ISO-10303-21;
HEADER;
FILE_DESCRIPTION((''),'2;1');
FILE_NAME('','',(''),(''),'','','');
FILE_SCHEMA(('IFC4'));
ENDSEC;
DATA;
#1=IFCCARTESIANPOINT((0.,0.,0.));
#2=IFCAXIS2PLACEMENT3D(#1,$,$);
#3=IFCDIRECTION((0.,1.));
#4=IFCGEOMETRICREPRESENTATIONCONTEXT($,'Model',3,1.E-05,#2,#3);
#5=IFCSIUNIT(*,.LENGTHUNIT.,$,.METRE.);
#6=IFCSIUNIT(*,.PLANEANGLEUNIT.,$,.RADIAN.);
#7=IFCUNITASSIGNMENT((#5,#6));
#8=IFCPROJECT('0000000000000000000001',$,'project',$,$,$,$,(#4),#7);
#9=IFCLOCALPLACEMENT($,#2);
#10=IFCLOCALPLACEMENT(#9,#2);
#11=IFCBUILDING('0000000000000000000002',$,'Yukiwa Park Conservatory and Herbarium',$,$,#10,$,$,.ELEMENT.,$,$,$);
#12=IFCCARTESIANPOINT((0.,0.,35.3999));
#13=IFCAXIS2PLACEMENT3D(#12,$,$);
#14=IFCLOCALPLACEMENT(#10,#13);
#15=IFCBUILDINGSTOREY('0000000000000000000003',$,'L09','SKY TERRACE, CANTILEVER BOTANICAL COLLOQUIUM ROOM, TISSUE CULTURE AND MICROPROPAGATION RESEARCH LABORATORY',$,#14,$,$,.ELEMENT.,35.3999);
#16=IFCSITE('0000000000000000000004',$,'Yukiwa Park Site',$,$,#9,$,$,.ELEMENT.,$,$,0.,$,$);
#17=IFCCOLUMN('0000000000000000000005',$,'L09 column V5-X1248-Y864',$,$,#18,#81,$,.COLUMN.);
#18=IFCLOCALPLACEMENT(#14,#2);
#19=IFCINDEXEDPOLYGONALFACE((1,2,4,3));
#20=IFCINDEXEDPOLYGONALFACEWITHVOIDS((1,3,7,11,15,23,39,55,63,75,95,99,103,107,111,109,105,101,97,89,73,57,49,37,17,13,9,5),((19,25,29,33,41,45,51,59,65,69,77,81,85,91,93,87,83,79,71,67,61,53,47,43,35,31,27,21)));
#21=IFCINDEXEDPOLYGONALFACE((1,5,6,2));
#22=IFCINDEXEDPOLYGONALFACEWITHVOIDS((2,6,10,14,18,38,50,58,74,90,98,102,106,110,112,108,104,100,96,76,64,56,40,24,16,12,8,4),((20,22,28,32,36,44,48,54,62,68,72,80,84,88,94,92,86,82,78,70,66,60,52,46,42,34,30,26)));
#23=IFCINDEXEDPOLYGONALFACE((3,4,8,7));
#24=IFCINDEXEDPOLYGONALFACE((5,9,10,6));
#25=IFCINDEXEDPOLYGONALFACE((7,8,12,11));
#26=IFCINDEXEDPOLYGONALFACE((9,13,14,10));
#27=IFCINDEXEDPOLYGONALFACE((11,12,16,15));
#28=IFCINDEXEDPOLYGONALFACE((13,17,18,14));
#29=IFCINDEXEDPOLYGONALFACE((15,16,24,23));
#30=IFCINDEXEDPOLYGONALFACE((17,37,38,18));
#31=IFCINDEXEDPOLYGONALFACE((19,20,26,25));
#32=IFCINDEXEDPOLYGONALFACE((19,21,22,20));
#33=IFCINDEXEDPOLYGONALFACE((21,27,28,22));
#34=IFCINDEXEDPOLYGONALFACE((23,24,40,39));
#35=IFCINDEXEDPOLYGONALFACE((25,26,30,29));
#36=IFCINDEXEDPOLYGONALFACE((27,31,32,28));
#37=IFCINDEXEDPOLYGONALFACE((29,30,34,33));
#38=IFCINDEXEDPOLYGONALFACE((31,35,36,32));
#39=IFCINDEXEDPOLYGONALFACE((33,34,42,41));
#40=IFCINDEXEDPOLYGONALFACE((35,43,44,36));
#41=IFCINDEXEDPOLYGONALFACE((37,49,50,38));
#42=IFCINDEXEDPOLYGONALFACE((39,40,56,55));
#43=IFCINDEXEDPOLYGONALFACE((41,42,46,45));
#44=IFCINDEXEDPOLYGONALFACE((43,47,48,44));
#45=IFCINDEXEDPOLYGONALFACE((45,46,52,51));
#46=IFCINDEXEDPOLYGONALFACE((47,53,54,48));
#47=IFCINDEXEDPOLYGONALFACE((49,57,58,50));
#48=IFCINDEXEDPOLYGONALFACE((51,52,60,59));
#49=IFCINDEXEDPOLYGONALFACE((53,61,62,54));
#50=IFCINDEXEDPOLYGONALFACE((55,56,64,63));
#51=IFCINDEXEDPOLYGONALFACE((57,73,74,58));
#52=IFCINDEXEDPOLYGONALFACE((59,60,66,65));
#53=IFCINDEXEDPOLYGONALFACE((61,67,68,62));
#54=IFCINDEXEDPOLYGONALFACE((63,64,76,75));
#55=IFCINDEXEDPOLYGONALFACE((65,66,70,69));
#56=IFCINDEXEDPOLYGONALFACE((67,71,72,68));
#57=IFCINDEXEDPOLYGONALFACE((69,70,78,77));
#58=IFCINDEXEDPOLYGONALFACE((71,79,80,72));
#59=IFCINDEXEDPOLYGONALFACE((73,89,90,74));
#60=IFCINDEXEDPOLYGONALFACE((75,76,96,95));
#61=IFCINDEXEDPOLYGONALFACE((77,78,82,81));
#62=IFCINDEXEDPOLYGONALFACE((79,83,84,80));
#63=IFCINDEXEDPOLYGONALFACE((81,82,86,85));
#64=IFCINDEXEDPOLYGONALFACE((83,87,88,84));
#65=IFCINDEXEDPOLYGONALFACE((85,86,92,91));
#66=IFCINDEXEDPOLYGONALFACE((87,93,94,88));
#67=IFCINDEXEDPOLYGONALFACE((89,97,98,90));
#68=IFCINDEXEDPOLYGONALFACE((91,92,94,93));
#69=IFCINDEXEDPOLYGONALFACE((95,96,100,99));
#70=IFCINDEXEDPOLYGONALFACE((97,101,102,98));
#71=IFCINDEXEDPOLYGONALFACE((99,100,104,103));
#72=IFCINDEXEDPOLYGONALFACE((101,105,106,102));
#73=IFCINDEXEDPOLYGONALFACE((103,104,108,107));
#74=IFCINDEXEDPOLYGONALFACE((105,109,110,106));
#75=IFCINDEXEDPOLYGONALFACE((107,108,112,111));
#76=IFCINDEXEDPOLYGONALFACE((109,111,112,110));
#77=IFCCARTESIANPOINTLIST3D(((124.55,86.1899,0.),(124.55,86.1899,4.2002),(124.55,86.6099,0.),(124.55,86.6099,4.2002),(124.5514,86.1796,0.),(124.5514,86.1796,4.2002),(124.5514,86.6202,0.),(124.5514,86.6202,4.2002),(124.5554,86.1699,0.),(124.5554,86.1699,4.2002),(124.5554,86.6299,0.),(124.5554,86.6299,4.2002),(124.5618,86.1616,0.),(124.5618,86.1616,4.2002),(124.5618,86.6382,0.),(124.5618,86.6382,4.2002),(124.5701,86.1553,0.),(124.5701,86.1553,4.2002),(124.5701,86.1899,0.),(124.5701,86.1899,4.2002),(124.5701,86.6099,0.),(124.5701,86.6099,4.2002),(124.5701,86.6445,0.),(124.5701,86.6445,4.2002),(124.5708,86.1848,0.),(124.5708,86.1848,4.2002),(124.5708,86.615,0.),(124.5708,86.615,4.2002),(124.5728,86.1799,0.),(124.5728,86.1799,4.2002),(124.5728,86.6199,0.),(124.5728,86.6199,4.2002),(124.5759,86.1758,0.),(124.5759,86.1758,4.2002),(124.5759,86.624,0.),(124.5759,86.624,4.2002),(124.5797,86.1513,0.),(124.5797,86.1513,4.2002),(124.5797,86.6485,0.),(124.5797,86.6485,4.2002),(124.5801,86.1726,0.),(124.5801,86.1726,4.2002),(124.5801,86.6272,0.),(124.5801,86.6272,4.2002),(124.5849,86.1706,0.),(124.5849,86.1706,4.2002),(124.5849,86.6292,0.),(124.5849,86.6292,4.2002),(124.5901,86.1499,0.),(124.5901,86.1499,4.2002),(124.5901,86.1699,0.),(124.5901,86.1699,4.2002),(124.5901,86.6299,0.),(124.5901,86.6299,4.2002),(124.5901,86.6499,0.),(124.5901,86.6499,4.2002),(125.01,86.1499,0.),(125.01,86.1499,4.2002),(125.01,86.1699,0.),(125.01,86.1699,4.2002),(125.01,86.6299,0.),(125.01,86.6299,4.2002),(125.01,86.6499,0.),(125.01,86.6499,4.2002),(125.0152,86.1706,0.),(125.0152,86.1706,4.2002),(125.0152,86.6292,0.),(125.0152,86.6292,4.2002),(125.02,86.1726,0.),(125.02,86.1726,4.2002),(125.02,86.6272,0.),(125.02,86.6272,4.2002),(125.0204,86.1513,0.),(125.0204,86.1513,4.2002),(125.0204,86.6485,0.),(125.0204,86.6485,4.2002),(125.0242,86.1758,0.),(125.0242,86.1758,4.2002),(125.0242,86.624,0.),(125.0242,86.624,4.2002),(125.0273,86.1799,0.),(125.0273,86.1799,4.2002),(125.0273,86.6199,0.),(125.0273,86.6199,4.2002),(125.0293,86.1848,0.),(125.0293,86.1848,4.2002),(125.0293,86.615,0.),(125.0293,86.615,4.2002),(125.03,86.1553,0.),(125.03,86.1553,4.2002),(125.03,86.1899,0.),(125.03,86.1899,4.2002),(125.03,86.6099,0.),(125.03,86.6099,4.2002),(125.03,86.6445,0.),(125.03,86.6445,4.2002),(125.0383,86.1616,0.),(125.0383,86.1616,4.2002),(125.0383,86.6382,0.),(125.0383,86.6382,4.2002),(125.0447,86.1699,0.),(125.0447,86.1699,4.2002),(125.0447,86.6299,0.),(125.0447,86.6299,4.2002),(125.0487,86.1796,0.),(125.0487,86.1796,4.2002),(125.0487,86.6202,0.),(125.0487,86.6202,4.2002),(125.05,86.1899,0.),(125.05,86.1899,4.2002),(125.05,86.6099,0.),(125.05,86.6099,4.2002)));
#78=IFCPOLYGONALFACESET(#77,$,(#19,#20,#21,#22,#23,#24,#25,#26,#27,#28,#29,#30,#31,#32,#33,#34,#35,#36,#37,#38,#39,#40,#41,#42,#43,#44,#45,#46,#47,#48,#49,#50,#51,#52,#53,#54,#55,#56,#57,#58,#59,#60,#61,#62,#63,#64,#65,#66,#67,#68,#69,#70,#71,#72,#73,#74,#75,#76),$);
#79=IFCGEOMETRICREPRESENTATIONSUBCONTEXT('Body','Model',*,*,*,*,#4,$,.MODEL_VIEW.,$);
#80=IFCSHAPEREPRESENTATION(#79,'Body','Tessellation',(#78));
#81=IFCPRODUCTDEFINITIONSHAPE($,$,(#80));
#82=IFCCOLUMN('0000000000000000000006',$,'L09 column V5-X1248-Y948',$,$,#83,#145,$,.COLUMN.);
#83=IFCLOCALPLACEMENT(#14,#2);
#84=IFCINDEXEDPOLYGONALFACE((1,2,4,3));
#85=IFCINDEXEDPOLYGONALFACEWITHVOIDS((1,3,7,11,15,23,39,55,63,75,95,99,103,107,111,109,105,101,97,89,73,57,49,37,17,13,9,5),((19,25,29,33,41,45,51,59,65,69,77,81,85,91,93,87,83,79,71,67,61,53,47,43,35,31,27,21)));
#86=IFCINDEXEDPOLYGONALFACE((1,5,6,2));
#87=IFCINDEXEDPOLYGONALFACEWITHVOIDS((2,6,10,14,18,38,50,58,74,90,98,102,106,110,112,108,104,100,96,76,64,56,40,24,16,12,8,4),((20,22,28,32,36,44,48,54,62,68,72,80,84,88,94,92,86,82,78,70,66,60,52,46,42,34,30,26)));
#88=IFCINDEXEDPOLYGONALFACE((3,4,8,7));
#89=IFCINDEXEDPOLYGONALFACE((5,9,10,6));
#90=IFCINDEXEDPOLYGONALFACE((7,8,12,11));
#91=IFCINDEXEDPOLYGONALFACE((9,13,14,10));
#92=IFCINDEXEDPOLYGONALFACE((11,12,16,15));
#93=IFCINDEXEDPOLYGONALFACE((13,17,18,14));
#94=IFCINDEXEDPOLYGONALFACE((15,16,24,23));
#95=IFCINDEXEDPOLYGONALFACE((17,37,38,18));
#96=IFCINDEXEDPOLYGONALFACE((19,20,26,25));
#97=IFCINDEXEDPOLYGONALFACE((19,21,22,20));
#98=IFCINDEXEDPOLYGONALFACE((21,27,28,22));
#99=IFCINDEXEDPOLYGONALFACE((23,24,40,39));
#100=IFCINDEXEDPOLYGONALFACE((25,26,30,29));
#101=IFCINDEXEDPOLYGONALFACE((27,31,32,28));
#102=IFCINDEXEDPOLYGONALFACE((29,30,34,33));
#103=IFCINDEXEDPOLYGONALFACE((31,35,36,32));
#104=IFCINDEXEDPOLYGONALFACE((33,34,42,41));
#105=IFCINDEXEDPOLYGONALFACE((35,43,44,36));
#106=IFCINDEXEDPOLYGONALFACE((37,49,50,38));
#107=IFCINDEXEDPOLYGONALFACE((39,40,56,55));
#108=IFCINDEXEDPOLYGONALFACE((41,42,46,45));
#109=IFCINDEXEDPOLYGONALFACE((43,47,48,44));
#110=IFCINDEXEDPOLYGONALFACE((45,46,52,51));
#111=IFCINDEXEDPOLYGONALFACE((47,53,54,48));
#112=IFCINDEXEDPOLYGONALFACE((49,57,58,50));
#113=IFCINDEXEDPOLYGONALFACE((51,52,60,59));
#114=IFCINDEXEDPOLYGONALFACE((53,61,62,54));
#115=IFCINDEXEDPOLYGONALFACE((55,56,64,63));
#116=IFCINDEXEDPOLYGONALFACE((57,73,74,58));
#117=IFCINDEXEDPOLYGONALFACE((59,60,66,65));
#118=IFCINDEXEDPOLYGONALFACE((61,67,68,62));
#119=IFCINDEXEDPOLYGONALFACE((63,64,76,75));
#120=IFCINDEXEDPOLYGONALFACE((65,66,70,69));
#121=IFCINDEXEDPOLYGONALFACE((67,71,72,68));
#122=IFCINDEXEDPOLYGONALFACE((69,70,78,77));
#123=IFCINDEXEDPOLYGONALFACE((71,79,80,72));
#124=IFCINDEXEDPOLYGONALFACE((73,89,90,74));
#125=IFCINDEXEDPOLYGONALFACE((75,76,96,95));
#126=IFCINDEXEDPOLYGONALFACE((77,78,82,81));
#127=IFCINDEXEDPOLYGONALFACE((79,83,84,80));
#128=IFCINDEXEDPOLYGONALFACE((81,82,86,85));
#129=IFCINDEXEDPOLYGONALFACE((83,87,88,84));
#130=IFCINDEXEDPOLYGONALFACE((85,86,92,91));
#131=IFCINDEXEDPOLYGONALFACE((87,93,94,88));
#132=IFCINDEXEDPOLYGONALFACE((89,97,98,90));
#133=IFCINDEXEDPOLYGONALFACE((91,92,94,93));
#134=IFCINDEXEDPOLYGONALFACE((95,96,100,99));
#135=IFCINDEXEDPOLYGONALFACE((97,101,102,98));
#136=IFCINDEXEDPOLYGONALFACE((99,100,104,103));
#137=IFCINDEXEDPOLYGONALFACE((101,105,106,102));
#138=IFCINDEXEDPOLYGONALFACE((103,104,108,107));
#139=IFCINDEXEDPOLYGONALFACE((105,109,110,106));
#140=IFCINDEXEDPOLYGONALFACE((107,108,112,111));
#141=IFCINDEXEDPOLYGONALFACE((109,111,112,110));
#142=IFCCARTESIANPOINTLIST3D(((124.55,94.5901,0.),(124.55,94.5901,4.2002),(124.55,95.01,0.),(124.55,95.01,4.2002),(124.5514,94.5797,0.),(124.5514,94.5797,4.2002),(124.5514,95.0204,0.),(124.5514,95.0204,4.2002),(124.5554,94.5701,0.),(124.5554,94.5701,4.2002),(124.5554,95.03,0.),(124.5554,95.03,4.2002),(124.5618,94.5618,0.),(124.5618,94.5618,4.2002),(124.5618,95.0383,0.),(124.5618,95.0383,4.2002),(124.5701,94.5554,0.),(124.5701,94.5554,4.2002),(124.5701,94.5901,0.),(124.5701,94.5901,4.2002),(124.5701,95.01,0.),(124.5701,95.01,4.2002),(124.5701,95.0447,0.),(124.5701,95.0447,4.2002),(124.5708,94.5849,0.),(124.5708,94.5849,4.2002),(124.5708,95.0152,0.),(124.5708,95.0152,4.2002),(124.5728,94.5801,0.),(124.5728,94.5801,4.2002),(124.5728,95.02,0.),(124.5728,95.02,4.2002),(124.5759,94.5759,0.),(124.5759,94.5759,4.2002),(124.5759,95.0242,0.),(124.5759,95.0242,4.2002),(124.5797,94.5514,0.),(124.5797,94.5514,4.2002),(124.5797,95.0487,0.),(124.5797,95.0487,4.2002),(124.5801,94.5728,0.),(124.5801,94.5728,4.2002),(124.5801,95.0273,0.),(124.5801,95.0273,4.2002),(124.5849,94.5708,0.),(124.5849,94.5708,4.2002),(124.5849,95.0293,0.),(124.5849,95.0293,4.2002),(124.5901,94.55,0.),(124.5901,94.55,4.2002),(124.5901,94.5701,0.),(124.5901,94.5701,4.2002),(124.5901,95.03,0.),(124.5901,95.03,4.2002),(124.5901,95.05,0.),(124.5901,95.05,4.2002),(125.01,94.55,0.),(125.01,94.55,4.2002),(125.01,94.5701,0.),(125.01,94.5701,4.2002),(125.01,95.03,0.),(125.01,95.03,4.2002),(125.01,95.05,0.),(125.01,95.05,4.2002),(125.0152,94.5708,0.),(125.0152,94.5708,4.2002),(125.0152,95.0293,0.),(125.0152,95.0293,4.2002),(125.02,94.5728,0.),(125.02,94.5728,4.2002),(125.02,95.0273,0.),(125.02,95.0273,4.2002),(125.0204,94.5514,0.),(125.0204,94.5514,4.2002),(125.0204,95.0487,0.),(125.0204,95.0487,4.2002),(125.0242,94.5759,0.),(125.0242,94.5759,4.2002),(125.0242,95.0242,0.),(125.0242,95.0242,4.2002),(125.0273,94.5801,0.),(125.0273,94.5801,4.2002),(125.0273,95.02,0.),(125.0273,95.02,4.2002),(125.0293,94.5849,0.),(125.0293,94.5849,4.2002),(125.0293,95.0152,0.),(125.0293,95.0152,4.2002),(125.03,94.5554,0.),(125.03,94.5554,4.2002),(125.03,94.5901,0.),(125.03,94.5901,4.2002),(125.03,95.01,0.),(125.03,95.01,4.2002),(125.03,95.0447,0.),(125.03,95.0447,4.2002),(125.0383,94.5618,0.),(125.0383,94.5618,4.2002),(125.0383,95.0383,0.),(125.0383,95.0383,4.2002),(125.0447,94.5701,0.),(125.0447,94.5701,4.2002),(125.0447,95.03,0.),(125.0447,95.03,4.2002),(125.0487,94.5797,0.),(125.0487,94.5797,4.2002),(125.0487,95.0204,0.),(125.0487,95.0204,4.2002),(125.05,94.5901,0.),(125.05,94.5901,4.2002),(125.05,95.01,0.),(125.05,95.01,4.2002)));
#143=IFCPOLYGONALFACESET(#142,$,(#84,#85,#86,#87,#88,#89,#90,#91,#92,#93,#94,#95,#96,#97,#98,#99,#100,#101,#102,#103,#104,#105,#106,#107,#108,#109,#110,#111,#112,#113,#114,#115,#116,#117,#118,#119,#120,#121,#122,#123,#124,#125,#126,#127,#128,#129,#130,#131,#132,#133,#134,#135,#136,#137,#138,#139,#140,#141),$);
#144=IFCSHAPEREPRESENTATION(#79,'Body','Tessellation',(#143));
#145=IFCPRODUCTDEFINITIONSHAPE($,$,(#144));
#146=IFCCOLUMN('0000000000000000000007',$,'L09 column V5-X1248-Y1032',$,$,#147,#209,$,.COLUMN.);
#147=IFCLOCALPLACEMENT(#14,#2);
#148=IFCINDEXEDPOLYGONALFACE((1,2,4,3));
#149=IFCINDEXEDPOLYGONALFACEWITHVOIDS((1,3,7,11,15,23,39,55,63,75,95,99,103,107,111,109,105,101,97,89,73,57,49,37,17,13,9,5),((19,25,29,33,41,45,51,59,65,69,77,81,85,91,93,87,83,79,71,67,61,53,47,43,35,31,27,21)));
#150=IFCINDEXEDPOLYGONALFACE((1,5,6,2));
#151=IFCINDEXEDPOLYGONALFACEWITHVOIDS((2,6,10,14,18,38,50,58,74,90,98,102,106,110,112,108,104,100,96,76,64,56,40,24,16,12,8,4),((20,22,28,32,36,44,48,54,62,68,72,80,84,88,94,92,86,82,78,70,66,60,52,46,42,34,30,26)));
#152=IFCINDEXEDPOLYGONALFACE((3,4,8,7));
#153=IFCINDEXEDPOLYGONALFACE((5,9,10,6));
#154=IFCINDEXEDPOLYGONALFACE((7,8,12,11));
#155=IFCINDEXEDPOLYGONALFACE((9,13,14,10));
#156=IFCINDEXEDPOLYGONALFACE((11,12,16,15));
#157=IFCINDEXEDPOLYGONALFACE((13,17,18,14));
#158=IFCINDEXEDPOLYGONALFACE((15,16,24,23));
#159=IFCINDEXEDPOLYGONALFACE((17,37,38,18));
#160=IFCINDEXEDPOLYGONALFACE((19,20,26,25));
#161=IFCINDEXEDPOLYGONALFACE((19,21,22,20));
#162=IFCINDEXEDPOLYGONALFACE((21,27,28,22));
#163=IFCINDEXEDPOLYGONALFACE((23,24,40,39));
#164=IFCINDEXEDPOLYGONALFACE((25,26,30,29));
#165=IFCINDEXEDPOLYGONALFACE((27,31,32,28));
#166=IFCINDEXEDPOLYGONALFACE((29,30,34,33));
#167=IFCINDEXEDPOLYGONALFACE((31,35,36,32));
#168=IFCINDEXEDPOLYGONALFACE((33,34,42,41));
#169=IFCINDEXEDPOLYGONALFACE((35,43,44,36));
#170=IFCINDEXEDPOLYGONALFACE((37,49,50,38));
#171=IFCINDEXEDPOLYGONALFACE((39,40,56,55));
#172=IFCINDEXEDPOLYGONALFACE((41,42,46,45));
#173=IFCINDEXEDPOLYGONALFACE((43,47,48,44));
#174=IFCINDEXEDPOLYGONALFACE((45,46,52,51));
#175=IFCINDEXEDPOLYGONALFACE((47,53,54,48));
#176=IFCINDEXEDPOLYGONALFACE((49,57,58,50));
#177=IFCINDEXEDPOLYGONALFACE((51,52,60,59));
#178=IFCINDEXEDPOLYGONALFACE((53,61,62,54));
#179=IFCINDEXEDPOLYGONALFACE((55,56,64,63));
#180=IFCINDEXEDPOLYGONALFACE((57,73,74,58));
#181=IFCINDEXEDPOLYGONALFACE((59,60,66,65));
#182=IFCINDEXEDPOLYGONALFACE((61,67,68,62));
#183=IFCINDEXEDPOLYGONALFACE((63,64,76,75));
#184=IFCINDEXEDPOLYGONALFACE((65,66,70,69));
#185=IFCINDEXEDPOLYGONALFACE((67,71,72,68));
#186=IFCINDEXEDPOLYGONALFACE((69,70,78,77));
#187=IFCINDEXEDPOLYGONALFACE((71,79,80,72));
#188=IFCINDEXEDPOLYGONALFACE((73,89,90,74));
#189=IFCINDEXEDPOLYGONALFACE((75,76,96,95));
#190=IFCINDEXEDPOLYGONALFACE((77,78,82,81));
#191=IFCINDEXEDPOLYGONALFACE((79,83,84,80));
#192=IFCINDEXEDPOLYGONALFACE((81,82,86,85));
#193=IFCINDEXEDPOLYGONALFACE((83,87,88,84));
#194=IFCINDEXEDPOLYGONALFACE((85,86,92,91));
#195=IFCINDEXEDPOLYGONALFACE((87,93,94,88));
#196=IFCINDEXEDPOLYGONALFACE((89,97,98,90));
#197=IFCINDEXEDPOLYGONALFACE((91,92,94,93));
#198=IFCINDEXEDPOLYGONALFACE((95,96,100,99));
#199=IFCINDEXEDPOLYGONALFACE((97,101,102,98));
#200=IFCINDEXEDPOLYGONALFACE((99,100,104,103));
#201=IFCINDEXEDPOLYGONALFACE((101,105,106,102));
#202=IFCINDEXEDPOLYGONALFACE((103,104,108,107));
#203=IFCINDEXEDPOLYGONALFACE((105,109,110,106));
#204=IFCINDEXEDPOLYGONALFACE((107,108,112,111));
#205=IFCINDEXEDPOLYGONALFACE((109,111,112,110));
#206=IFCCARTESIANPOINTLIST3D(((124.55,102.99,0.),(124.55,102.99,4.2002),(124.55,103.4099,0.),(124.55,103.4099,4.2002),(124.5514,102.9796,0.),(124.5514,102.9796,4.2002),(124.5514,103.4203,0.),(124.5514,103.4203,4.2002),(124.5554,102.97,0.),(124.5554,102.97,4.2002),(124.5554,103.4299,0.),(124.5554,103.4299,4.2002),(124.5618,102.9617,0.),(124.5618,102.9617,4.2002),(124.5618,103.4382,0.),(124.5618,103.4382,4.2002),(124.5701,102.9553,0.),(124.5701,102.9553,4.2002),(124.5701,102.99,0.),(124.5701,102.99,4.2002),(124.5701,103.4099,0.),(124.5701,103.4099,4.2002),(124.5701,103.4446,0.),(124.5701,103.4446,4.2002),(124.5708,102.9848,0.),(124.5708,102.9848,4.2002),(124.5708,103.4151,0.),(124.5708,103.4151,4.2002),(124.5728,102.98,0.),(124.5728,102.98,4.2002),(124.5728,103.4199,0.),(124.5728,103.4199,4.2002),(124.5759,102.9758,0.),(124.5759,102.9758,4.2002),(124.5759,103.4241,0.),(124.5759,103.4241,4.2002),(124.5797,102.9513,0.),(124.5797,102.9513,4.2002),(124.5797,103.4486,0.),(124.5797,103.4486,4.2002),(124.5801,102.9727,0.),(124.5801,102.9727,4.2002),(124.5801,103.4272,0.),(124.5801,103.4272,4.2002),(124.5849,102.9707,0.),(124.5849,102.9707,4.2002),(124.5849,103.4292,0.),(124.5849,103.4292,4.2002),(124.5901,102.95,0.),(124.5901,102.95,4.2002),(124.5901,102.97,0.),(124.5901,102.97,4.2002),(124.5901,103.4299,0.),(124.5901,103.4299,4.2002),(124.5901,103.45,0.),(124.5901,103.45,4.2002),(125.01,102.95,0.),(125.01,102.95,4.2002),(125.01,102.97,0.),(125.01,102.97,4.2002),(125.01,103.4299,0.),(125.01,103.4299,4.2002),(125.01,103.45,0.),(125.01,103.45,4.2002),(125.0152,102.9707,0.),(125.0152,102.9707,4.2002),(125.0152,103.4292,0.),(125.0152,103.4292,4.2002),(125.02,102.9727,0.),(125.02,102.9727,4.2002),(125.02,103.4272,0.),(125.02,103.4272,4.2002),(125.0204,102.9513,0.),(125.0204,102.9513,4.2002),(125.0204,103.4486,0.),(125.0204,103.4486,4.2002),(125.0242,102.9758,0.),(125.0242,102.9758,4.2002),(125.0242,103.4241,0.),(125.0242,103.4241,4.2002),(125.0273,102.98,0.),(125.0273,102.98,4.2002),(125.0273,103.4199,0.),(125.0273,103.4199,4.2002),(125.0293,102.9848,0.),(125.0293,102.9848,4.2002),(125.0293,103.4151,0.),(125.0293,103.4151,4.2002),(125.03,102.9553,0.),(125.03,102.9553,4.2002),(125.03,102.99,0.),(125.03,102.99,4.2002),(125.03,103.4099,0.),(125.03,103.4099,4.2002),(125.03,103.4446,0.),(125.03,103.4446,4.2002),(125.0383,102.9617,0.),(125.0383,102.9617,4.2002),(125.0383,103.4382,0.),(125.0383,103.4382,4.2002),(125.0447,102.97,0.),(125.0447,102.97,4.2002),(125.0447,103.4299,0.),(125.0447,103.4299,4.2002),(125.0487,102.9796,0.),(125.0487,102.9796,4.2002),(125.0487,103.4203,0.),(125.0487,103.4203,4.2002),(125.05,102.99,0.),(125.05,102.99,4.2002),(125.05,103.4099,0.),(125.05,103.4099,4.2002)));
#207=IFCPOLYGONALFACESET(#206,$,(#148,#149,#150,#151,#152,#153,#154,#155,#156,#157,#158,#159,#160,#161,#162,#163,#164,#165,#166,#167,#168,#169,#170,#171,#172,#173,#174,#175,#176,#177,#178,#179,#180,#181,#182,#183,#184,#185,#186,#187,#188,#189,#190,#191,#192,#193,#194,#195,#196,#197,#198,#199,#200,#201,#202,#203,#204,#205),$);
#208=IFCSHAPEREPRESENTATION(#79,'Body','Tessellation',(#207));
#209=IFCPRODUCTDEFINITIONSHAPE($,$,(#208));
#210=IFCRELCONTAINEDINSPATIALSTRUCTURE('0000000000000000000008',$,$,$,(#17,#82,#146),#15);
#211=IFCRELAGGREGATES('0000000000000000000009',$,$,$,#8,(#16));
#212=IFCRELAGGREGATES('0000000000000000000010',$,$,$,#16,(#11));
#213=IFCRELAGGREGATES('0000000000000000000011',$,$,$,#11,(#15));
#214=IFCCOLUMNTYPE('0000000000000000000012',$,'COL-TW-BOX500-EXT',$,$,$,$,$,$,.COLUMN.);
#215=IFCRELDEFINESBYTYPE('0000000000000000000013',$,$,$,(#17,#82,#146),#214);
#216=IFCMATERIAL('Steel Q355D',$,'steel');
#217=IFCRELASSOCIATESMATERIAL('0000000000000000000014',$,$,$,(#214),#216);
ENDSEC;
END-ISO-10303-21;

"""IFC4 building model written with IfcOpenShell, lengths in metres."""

from ifc_helpers import new_model, si_unit, direction, frame, origin, origin_2d, place, context, subcontext, project, spatial, hollow_rectangle, extrude, material, material_profile, profile_set, type_object, element, save


model = new_model("IFC4")

# Units and contexts
model_context = context("Model", 3, precision=1e-05, world=origin(), true_north=direction((0.0, 1.0)))
body_context = subcontext(model_context, "Body", "Model", "MODEL_VIEW")
ifc_project = project(units=[si_unit("LENGTHUNIT", "METRE"), si_unit("PLANEANGLEUNIT", "RADIAN")], contexts=[model_context])

# Site, building, storey
site_placement = place(None, origin())
site = spatial("IfcSite", under=ifc_project, at=site_placement, Name="Yukiwa Park Site", CompositionType="ELEMENT", RefElevation=0.0)
building_placement = place(site_placement, origin())
building = spatial("IfcBuilding", under=site, at=building_placement, Name="Yukiwa Park Conservatory and Herbarium", CompositionType="ELEMENT")
storey_placement = place(building_placement, frame((0.0, 0.0, 35.3999)))
storey = spatial("IfcBuildingStorey", under=building, at=storey_placement, Name="L09", Description="SKY TERRACE, CANTILEVER BOTANICAL COLLOQUIUM ROOM, TISSUE CULTURE AND MICROPROPAGATION RESEARCH LABORATORY", CompositionType="ELEMENT", Elevation=35.3999)

# Columns
ifc_material_1 = material(Name="Steel Q355D", Category="steel")
ifc_material_profile_1 = material_profile(ifc_material_1, hollow_rectangle(XDim=0.5, YDim=0.5, WallThickness=0.02, InnerFilletRadius=0.02, OuterFilletRadius=0.04, at=origin_2d()), Name="BOX 500x500x20")
ifc_profile_set_1 = profile_set([ifc_material_profile_1], Name="Steel Q355D")
column_type = type_object("IfcColumnType", Name="COL-TW-BOX500-EXT", PredefinedType="COLUMN", material=ifc_profile_set_1)
for number, where, z_axis, x_axis, name in (
    (1, (124.8, 86.3999, 0.0), (0.0, 0.0, 1.0), (1.0, 0.0, 0.0), "L09 column V5-X1248-Y864"),
    (2, (124.8, 94.8, 0.0), (0.0, 0.0, 1.0), (1.0, 0.0, 0.0), "L09 column V5-X1248-Y948"),
    (3, (124.8, 103.2, 0.0), (0.0, 0.0, 1.0), (1.0, 0.0, 0.0), "L09 column V5-X1248-Y1032"),
):
    element("IfcColumn", number, at=place(storey_placement, frame(where, z_axis=z_axis, x_axis=x_axis)), inside=storey, type_object=column_type, Name=name, PredefinedType="COLUMN", context=body_context, shape_type="SweptSolid", body=[
        extrude(hollow_rectangle(XDim=0.5, YDim=0.5, WallThickness=0.02, InnerFilletRadius=0.02, OuterFilletRadius=0.04, at=origin_2d()), origin(), (0.0, 0.0, 1.0), 4.2002),
    ])

save(model, "model.ifc")
